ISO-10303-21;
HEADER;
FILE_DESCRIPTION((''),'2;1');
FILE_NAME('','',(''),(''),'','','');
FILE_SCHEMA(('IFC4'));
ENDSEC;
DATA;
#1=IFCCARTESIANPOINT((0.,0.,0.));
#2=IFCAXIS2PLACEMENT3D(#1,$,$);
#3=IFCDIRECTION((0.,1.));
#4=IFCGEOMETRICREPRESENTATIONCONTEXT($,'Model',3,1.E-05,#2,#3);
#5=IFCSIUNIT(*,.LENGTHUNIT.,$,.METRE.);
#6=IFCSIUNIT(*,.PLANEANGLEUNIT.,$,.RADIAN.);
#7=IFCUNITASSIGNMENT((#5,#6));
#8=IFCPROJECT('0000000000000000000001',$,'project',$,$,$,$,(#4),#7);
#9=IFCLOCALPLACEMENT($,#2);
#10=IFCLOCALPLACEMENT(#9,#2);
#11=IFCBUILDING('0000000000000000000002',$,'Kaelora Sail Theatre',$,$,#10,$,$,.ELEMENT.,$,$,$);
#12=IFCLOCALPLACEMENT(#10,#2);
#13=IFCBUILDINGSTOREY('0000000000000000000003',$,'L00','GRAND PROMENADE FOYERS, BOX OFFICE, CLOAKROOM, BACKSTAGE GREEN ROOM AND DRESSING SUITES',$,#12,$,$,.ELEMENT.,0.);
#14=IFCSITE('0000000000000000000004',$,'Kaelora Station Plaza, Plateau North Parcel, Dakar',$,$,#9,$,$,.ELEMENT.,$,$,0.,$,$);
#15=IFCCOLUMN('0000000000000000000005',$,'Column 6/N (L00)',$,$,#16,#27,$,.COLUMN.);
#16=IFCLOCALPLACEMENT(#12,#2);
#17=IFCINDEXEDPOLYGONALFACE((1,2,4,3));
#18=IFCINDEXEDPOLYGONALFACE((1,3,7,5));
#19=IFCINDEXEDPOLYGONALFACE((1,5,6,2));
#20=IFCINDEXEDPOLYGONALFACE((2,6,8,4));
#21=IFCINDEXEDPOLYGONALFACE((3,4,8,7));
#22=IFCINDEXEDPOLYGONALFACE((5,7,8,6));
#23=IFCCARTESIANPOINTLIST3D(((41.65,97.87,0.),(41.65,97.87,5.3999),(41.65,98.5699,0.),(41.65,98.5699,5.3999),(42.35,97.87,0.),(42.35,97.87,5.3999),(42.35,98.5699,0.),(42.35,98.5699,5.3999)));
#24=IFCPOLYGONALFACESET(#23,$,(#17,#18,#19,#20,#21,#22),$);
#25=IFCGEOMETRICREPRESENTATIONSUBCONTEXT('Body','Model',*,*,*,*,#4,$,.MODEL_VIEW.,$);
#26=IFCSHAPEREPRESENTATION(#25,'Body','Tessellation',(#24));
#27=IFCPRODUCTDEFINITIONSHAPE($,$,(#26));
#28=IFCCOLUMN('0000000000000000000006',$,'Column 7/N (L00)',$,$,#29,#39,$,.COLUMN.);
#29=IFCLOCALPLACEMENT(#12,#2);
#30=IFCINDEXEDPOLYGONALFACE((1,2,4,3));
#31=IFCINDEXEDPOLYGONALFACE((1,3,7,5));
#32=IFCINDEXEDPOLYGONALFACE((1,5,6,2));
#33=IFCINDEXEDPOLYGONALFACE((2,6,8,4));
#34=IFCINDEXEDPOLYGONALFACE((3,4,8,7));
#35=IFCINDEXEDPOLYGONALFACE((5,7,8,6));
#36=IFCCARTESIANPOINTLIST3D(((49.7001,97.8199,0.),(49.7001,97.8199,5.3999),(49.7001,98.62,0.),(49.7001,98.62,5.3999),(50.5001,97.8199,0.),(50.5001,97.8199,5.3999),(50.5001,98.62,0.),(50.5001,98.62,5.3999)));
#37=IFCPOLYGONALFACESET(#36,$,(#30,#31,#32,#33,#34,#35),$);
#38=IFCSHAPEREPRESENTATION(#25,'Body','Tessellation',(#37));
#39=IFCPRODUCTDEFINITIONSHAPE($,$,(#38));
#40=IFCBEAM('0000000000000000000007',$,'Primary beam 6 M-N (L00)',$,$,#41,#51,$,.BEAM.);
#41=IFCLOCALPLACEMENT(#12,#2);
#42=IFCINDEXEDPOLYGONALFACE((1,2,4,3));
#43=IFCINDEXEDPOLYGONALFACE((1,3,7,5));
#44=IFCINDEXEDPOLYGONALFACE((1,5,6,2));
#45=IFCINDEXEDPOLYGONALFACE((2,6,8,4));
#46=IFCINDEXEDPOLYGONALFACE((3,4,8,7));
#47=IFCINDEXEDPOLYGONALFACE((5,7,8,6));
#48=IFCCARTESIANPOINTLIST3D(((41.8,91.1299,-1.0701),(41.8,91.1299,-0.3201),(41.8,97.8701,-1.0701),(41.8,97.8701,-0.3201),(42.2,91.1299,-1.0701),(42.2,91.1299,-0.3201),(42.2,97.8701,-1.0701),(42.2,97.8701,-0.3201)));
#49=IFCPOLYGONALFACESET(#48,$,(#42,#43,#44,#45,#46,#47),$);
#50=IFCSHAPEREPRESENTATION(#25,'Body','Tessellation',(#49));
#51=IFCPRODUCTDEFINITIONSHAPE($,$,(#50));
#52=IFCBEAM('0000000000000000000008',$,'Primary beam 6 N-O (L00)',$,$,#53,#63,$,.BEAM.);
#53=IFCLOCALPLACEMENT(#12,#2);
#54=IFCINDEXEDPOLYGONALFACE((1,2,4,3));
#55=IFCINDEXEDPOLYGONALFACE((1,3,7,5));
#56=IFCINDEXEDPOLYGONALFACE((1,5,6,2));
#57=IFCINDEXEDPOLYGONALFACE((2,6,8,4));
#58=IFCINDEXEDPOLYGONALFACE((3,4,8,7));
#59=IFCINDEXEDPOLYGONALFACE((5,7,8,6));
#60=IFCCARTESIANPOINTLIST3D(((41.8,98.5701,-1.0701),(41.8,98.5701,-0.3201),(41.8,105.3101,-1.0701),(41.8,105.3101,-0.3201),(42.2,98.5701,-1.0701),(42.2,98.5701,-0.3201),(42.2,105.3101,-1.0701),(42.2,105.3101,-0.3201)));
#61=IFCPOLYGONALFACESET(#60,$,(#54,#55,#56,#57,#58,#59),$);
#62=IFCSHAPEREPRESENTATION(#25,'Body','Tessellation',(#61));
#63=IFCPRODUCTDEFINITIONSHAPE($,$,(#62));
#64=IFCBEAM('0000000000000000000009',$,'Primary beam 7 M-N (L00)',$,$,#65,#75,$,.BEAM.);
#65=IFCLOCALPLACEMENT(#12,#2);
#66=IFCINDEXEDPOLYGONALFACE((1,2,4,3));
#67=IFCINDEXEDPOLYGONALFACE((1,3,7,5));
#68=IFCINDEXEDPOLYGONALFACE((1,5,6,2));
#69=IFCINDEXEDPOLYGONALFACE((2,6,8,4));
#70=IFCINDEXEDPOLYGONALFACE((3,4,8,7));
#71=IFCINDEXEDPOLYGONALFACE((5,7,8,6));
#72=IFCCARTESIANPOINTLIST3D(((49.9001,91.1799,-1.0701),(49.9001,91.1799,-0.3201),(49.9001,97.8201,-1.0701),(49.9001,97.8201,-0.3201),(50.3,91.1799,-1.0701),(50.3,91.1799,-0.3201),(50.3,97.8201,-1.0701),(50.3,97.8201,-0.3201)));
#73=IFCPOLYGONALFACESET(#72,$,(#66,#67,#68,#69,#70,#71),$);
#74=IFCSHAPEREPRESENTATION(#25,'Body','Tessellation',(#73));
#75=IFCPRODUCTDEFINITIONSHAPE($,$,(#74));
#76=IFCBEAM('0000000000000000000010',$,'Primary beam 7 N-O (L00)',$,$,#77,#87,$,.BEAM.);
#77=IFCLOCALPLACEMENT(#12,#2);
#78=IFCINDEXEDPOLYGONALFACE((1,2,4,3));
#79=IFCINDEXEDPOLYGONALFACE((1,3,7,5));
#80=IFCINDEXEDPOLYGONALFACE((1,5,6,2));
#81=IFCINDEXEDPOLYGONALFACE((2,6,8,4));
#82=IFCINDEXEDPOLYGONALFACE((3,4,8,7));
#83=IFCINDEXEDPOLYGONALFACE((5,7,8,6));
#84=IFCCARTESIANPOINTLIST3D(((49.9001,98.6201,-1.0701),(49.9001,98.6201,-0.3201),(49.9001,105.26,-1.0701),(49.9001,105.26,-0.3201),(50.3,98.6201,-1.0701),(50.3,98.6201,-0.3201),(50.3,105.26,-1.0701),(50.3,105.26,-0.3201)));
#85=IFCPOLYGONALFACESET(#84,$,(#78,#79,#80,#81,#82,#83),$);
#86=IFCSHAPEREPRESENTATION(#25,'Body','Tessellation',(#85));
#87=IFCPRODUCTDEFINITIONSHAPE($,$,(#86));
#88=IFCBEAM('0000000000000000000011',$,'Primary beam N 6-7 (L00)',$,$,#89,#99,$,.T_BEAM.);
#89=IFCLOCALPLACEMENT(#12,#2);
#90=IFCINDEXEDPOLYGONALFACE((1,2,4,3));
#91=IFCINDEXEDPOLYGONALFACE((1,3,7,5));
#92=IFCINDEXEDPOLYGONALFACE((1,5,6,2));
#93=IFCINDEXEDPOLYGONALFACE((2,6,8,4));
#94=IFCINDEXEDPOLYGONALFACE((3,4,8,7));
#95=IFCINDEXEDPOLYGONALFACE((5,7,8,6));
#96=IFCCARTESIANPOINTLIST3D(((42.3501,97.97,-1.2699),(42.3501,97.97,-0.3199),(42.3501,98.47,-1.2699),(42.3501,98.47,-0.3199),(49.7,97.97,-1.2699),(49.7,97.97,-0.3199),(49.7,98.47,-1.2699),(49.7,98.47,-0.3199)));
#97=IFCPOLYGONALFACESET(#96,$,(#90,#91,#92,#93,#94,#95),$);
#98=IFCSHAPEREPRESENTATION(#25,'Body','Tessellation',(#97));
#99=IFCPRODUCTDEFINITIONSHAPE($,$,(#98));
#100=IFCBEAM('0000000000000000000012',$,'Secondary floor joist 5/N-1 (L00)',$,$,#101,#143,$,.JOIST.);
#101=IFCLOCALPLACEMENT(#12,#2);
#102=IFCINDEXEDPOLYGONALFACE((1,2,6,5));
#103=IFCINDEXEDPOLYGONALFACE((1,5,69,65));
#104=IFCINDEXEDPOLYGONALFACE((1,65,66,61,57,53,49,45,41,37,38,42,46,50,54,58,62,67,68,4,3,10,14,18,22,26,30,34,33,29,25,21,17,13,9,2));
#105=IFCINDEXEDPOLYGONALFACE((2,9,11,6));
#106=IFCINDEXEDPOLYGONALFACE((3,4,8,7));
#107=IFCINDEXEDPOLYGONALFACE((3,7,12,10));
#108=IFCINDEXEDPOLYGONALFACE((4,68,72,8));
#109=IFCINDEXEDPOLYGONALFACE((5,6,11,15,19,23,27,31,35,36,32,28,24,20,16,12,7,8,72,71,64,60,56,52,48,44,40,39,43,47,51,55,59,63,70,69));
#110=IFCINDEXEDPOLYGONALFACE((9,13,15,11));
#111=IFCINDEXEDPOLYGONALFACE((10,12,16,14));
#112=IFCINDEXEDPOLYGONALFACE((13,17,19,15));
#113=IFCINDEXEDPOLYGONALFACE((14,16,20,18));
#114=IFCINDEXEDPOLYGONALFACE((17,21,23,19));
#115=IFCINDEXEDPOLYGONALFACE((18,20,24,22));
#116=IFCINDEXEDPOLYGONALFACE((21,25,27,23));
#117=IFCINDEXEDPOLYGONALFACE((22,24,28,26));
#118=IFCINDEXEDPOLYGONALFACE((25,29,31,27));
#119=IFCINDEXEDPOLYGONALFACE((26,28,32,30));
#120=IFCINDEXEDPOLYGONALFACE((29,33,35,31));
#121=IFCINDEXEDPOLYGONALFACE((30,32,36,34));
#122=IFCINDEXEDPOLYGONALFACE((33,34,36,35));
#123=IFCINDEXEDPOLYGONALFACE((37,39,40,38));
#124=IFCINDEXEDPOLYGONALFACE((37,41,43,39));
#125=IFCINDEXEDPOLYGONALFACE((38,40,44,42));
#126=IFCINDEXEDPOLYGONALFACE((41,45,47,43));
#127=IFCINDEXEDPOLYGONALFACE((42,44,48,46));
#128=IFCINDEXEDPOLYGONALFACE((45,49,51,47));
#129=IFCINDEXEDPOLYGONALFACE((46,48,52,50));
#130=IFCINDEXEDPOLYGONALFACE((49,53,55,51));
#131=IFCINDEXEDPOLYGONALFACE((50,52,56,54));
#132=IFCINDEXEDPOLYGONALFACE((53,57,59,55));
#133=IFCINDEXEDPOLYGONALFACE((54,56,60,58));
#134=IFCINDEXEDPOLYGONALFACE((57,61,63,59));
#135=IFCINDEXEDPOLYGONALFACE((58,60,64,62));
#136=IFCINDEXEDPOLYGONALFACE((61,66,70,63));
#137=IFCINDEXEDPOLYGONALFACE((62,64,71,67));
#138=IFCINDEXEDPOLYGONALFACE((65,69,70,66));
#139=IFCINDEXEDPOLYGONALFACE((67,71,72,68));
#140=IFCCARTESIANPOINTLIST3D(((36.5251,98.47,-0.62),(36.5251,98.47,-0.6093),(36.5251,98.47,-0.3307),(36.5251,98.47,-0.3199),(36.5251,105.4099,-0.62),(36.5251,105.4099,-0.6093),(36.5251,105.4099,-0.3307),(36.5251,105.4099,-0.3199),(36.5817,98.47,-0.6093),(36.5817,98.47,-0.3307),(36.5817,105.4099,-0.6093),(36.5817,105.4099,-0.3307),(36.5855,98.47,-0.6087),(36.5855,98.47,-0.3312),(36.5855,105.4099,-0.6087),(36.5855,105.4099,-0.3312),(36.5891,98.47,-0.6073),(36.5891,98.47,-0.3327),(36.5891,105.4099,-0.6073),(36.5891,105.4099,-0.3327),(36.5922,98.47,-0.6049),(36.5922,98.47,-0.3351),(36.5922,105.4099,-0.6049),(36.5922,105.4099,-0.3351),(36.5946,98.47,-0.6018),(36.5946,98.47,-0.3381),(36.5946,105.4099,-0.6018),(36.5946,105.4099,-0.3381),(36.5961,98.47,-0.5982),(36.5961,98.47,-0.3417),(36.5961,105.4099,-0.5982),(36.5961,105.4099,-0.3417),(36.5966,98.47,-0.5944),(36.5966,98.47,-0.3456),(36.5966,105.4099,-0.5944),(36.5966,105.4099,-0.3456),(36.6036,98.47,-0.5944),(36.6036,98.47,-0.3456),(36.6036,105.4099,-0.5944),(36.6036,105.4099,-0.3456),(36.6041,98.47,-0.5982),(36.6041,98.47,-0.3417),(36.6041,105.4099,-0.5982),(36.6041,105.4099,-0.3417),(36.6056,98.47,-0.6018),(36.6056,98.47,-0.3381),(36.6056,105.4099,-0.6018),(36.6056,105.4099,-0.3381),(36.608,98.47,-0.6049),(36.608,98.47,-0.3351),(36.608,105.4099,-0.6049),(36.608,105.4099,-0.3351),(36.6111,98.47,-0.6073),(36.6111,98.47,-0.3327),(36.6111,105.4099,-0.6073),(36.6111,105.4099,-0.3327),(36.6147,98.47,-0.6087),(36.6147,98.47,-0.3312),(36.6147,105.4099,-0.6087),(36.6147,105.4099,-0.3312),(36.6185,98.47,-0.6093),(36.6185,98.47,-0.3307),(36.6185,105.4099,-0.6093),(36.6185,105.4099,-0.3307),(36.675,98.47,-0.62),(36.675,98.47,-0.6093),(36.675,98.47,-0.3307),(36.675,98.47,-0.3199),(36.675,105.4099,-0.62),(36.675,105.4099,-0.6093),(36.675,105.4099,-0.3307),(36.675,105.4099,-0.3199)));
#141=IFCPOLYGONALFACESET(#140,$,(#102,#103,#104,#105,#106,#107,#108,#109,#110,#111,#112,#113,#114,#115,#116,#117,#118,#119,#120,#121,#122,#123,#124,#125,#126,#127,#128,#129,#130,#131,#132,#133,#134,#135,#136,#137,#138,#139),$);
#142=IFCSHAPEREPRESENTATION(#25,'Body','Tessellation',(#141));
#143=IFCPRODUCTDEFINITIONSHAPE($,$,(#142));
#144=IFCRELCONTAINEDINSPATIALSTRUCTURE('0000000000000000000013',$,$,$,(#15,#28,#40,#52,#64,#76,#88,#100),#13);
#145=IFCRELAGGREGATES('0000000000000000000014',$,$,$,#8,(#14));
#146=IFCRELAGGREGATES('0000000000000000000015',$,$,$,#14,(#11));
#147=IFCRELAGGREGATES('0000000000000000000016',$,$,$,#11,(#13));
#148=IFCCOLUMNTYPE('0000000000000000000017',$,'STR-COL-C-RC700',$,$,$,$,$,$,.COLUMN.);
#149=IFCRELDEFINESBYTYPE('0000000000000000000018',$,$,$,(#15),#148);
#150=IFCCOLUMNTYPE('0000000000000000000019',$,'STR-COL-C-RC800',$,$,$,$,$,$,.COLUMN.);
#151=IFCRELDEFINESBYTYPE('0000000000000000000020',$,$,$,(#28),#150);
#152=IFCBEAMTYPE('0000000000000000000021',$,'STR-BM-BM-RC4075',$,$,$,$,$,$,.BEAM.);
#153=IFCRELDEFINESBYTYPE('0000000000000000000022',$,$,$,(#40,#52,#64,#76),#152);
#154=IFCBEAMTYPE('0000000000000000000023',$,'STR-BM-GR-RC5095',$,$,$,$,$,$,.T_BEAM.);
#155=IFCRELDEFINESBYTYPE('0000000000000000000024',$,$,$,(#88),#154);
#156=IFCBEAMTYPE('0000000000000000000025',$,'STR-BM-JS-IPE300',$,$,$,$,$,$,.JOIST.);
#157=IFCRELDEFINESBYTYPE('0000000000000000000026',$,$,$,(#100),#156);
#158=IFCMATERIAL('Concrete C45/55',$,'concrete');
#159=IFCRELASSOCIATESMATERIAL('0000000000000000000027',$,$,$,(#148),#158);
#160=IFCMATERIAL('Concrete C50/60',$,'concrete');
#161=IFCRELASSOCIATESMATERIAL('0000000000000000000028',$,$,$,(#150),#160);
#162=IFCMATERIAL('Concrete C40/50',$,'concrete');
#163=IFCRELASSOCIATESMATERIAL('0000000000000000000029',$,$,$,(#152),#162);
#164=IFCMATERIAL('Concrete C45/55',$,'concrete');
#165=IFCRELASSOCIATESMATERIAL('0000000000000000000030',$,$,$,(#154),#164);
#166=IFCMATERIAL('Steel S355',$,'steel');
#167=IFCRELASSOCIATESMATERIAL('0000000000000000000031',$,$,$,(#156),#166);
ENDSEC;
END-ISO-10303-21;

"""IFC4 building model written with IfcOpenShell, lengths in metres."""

from ifc_helpers import new_model, si_unit, direction, frame, origin, origin_2d, place, context, subcontext, project, spatial, rectangle, i_section, extrude, material, material_profile, profile_set, type_object, element, save


model = new_model("IFC4")

# Units and contexts
model_context = context("Model", 3, precision=1e-05, world=origin(), true_north=direction((0.0, 1.0)))
body_context = subcontext(model_context, "Body", "Model", "MODEL_VIEW")
ifc_project = project(units=[si_unit("LENGTHUNIT", "METRE"), si_unit("PLANEANGLEUNIT", "RADIAN")], contexts=[model_context])

# Site, building, storey
site_placement = place(None, origin())
site = spatial("IfcSite", under=ifc_project, at=site_placement, Name="Kaelora Station Plaza, Plateau North Parcel, Dakar", CompositionType="ELEMENT", RefElevation=0.0)
building_placement = place(site_placement, origin())
building = spatial("IfcBuilding", under=site, at=building_placement, Name="Kaelora Sail Theatre", CompositionType="ELEMENT")
storey_placement = place(building_placement, origin())
storey = spatial("IfcBuildingStorey", under=building, at=storey_placement, Name="L00", Description="GRAND PROMENADE FOYERS, BOX OFFICE, CLOAKROOM, BACKSTAGE GREEN ROOM AND DRESSING SUITES", CompositionType="ELEMENT", Elevation=0.0)

# Columns
ifc_material_1 = material(Name="Concrete C45/55", Category="concrete")
ifc_material_profile_1 = material_profile(ifc_material_1, rectangle(XDim=0.7, YDim=0.7, at=origin_2d()), Name="RC-COL 700x700")
ifc_profile_set_1 = profile_set([ifc_material_profile_1], Name="Concrete C45/55")
column_type_1 = type_object("IfcColumnType", Name="STR-COL-C-RC700", PredefinedType="COLUMN", material=ifc_profile_set_1)
column_1_placement = place(storey_placement, frame((42.0, 98.22, 0.0), z_axis=(0.0, 0.0, 1.0), x_axis=(1.0, 0.0, 0.0)))
element("IfcColumn", 1, at=column_1_placement, inside=storey, type_object=column_type_1, Name="Column 6/N (L00)", PredefinedType="COLUMN", context=body_context, shape_type="SweptSolid", body=[
    extrude(rectangle(XDim=0.7, YDim=0.7, at=origin_2d()), origin(), (0.0, 0.0, 1.0), 5.3999),
])
ifc_material_2 = material(Name="Concrete C50/60", Category="concrete")
ifc_material_profile_2 = material_profile(ifc_material_2, rectangle(XDim=0.8, YDim=0.8, at=origin_2d()), Name="RC-COL 800x800")
ifc_profile_set_2 = profile_set([ifc_material_profile_2], Name="Concrete C50/60")
column_type_2 = type_object("IfcColumnType", Name="STR-COL-C-RC800", PredefinedType="COLUMN", material=ifc_profile_set_2)
column_2_placement = place(storey_placement, frame((50.1001, 98.22, 0.0), z_axis=(0.0, 0.0, 1.0), x_axis=(1.0, 0.0, 0.0)))
element("IfcColumn", 2, at=column_2_placement, inside=storey, type_object=column_type_2, Name="Column 7/N (L00)", PredefinedType="COLUMN", context=body_context, shape_type="SweptSolid", body=[
    extrude(rectangle(XDim=0.8, YDim=0.8, at=origin_2d()), origin(), (0.0, 0.0, 1.0), 5.3999),
])

# Beams
ifc_material_3 = material(Name="Concrete C40/50", Category="concrete")
ifc_material_profile_3 = material_profile(ifc_material_3, rectangle(XDim=0.3999, YDim=0.75, at=origin_2d()), Name="RC-BM 400x750")
ifc_profile_set_3 = profile_set([ifc_material_profile_3], Name="Concrete C40/50")
beam_type_1 = type_object("IfcBeamType", Name="STR-BM-BM-RC4075", PredefinedType="BEAM", material=ifc_profile_set_3)
beam_1_placement = place(storey_placement, frame((42.0, 91.1299, -0.6951), z_axis=(0.0, 1.0, 0.0), x_axis=(-1.0, 0.0, 0.0)))
element("IfcBeam", 3, at=beam_1_placement, inside=storey, type_object=beam_type_1, Name="Primary beam 6 M-N (L00)", PredefinedType="BEAM", context=body_context, shape_type="SweptSolid", body=[
    extrude(rectangle(XDim=0.3999, YDim=0.75, at=origin_2d()), origin(), (0.0, 0.0, 1.0), 6.7402),
])
beam_2_placement = place(storey_placement, frame((42.0, 98.5701, -0.6951), z_axis=(0.0, 1.0, 0.0), x_axis=(-1.0, 0.0, 0.0)))
element("IfcBeam", 4, at=beam_2_placement, inside=storey, type_object=beam_type_1, Name="Primary beam 6 N-O (L00)", PredefinedType="BEAM", context=body_context, shape_type="SweptSolid", body=[
    extrude(rectangle(XDim=0.3999, YDim=0.75, at=origin_2d()), origin(), (0.0, 0.0, 1.0), 6.74),
])
beam_3_placement = place(storey_placement, frame((50.1001, 91.1799, -0.6951), z_axis=(0.0, 1.0, 0.0), x_axis=(-1.0, 0.0, 0.0)))
element("IfcBeam", 5, at=beam_3_placement, inside=storey, type_object=beam_type_1, Name="Primary beam 7 M-N (L00)", PredefinedType="BEAM", context=body_context, shape_type="SweptSolid", body=[
    extrude(rectangle(XDim=0.3999, YDim=0.75, at=origin_2d()), origin(), (0.0, 0.0, 1.0), 6.6401),
])
beam_4_placement = place(storey_placement, frame((50.1001, 98.6201, -0.6951), z_axis=(0.0, 1.0, 0.0), x_axis=(-1.0, 0.0, 0.0)))
element("IfcBeam", 6, at=beam_4_placement, inside=storey, type_object=beam_type_1, Name="Primary beam 7 N-O (L00)", PredefinedType="BEAM", context=body_context, shape_type="SweptSolid", body=[
    extrude(rectangle(XDim=0.3999, YDim=0.75, at=origin_2d()), origin(), (0.0, 0.0, 1.0), 6.6399),
])
ifc_material_4 = material(Name="Concrete C45/55", Category="concrete")
ifc_material_profile_4 = material_profile(ifc_material_4, rectangle(XDim=0.5, YDim=0.95, at=origin_2d()), Name="RC-GRD 500x950")
ifc_profile_set_4 = profile_set([ifc_material_profile_4], Name="Concrete C45/55")
beam_type_2 = type_object("IfcBeamType", Name="STR-BM-GR-RC5095", PredefinedType="T_BEAM", material=ifc_profile_set_4)
beam_5_placement = place(storey_placement, frame((42.3501, 98.22, -0.7949), z_axis=(1.0, 0.0, 0.0), x_axis=(0.0, 1.0, 0.0)))
element("IfcBeam", 7, at=beam_5_placement, inside=storey, type_object=beam_type_2, Name="Primary beam N 6-7 (L00)", PredefinedType="T_BEAM", context=body_context, shape_type="SweptSolid", body=[
    extrude(rectangle(XDim=0.5, YDim=0.95, at=origin_2d()), origin(), (0.0, 0.0, 1.0), 7.3499),
])
ifc_material_5 = material(Name="Steel S355", Category="steel")
ifc_material_profile_5 = material_profile(ifc_material_5, i_section(OverallWidth=0.1499, OverallDepth=0.3, WebThickness=0.0071, FlangeThickness=0.0107, FilletRadius=0.0149, at=origin_2d()), Name="IPE 300")
ifc_profile_set_5 = profile_set([ifc_material_profile_5], Name="Steel S355")
beam_type_3 = type_object("IfcBeamType", Name="STR-BM-JS-IPE300", PredefinedType="JOIST", material=ifc_profile_set_5)
beam_6_placement = place(storey_placement, frame((36.6001, 98.47, -0.47), z_axis=(0.0, 1.0, 0.0), x_axis=(-1.0, 0.0, 0.0)))
element("IfcBeam", 8, at=beam_6_placement, inside=storey, type_object=beam_type_3, Name="Secondary floor joist 5/N-1 (L00)", PredefinedType="JOIST", context=body_context, shape_type="SweptSolid", body=[
    extrude(i_section(OverallWidth=0.1499, OverallDepth=0.3, WebThickness=0.0071, FlangeThickness=0.0107, FilletRadius=0.0149, at=origin_2d()), origin(), (0.0, 0.0, 1.0), 6.9399),
])

save(model, "model.ifc")
